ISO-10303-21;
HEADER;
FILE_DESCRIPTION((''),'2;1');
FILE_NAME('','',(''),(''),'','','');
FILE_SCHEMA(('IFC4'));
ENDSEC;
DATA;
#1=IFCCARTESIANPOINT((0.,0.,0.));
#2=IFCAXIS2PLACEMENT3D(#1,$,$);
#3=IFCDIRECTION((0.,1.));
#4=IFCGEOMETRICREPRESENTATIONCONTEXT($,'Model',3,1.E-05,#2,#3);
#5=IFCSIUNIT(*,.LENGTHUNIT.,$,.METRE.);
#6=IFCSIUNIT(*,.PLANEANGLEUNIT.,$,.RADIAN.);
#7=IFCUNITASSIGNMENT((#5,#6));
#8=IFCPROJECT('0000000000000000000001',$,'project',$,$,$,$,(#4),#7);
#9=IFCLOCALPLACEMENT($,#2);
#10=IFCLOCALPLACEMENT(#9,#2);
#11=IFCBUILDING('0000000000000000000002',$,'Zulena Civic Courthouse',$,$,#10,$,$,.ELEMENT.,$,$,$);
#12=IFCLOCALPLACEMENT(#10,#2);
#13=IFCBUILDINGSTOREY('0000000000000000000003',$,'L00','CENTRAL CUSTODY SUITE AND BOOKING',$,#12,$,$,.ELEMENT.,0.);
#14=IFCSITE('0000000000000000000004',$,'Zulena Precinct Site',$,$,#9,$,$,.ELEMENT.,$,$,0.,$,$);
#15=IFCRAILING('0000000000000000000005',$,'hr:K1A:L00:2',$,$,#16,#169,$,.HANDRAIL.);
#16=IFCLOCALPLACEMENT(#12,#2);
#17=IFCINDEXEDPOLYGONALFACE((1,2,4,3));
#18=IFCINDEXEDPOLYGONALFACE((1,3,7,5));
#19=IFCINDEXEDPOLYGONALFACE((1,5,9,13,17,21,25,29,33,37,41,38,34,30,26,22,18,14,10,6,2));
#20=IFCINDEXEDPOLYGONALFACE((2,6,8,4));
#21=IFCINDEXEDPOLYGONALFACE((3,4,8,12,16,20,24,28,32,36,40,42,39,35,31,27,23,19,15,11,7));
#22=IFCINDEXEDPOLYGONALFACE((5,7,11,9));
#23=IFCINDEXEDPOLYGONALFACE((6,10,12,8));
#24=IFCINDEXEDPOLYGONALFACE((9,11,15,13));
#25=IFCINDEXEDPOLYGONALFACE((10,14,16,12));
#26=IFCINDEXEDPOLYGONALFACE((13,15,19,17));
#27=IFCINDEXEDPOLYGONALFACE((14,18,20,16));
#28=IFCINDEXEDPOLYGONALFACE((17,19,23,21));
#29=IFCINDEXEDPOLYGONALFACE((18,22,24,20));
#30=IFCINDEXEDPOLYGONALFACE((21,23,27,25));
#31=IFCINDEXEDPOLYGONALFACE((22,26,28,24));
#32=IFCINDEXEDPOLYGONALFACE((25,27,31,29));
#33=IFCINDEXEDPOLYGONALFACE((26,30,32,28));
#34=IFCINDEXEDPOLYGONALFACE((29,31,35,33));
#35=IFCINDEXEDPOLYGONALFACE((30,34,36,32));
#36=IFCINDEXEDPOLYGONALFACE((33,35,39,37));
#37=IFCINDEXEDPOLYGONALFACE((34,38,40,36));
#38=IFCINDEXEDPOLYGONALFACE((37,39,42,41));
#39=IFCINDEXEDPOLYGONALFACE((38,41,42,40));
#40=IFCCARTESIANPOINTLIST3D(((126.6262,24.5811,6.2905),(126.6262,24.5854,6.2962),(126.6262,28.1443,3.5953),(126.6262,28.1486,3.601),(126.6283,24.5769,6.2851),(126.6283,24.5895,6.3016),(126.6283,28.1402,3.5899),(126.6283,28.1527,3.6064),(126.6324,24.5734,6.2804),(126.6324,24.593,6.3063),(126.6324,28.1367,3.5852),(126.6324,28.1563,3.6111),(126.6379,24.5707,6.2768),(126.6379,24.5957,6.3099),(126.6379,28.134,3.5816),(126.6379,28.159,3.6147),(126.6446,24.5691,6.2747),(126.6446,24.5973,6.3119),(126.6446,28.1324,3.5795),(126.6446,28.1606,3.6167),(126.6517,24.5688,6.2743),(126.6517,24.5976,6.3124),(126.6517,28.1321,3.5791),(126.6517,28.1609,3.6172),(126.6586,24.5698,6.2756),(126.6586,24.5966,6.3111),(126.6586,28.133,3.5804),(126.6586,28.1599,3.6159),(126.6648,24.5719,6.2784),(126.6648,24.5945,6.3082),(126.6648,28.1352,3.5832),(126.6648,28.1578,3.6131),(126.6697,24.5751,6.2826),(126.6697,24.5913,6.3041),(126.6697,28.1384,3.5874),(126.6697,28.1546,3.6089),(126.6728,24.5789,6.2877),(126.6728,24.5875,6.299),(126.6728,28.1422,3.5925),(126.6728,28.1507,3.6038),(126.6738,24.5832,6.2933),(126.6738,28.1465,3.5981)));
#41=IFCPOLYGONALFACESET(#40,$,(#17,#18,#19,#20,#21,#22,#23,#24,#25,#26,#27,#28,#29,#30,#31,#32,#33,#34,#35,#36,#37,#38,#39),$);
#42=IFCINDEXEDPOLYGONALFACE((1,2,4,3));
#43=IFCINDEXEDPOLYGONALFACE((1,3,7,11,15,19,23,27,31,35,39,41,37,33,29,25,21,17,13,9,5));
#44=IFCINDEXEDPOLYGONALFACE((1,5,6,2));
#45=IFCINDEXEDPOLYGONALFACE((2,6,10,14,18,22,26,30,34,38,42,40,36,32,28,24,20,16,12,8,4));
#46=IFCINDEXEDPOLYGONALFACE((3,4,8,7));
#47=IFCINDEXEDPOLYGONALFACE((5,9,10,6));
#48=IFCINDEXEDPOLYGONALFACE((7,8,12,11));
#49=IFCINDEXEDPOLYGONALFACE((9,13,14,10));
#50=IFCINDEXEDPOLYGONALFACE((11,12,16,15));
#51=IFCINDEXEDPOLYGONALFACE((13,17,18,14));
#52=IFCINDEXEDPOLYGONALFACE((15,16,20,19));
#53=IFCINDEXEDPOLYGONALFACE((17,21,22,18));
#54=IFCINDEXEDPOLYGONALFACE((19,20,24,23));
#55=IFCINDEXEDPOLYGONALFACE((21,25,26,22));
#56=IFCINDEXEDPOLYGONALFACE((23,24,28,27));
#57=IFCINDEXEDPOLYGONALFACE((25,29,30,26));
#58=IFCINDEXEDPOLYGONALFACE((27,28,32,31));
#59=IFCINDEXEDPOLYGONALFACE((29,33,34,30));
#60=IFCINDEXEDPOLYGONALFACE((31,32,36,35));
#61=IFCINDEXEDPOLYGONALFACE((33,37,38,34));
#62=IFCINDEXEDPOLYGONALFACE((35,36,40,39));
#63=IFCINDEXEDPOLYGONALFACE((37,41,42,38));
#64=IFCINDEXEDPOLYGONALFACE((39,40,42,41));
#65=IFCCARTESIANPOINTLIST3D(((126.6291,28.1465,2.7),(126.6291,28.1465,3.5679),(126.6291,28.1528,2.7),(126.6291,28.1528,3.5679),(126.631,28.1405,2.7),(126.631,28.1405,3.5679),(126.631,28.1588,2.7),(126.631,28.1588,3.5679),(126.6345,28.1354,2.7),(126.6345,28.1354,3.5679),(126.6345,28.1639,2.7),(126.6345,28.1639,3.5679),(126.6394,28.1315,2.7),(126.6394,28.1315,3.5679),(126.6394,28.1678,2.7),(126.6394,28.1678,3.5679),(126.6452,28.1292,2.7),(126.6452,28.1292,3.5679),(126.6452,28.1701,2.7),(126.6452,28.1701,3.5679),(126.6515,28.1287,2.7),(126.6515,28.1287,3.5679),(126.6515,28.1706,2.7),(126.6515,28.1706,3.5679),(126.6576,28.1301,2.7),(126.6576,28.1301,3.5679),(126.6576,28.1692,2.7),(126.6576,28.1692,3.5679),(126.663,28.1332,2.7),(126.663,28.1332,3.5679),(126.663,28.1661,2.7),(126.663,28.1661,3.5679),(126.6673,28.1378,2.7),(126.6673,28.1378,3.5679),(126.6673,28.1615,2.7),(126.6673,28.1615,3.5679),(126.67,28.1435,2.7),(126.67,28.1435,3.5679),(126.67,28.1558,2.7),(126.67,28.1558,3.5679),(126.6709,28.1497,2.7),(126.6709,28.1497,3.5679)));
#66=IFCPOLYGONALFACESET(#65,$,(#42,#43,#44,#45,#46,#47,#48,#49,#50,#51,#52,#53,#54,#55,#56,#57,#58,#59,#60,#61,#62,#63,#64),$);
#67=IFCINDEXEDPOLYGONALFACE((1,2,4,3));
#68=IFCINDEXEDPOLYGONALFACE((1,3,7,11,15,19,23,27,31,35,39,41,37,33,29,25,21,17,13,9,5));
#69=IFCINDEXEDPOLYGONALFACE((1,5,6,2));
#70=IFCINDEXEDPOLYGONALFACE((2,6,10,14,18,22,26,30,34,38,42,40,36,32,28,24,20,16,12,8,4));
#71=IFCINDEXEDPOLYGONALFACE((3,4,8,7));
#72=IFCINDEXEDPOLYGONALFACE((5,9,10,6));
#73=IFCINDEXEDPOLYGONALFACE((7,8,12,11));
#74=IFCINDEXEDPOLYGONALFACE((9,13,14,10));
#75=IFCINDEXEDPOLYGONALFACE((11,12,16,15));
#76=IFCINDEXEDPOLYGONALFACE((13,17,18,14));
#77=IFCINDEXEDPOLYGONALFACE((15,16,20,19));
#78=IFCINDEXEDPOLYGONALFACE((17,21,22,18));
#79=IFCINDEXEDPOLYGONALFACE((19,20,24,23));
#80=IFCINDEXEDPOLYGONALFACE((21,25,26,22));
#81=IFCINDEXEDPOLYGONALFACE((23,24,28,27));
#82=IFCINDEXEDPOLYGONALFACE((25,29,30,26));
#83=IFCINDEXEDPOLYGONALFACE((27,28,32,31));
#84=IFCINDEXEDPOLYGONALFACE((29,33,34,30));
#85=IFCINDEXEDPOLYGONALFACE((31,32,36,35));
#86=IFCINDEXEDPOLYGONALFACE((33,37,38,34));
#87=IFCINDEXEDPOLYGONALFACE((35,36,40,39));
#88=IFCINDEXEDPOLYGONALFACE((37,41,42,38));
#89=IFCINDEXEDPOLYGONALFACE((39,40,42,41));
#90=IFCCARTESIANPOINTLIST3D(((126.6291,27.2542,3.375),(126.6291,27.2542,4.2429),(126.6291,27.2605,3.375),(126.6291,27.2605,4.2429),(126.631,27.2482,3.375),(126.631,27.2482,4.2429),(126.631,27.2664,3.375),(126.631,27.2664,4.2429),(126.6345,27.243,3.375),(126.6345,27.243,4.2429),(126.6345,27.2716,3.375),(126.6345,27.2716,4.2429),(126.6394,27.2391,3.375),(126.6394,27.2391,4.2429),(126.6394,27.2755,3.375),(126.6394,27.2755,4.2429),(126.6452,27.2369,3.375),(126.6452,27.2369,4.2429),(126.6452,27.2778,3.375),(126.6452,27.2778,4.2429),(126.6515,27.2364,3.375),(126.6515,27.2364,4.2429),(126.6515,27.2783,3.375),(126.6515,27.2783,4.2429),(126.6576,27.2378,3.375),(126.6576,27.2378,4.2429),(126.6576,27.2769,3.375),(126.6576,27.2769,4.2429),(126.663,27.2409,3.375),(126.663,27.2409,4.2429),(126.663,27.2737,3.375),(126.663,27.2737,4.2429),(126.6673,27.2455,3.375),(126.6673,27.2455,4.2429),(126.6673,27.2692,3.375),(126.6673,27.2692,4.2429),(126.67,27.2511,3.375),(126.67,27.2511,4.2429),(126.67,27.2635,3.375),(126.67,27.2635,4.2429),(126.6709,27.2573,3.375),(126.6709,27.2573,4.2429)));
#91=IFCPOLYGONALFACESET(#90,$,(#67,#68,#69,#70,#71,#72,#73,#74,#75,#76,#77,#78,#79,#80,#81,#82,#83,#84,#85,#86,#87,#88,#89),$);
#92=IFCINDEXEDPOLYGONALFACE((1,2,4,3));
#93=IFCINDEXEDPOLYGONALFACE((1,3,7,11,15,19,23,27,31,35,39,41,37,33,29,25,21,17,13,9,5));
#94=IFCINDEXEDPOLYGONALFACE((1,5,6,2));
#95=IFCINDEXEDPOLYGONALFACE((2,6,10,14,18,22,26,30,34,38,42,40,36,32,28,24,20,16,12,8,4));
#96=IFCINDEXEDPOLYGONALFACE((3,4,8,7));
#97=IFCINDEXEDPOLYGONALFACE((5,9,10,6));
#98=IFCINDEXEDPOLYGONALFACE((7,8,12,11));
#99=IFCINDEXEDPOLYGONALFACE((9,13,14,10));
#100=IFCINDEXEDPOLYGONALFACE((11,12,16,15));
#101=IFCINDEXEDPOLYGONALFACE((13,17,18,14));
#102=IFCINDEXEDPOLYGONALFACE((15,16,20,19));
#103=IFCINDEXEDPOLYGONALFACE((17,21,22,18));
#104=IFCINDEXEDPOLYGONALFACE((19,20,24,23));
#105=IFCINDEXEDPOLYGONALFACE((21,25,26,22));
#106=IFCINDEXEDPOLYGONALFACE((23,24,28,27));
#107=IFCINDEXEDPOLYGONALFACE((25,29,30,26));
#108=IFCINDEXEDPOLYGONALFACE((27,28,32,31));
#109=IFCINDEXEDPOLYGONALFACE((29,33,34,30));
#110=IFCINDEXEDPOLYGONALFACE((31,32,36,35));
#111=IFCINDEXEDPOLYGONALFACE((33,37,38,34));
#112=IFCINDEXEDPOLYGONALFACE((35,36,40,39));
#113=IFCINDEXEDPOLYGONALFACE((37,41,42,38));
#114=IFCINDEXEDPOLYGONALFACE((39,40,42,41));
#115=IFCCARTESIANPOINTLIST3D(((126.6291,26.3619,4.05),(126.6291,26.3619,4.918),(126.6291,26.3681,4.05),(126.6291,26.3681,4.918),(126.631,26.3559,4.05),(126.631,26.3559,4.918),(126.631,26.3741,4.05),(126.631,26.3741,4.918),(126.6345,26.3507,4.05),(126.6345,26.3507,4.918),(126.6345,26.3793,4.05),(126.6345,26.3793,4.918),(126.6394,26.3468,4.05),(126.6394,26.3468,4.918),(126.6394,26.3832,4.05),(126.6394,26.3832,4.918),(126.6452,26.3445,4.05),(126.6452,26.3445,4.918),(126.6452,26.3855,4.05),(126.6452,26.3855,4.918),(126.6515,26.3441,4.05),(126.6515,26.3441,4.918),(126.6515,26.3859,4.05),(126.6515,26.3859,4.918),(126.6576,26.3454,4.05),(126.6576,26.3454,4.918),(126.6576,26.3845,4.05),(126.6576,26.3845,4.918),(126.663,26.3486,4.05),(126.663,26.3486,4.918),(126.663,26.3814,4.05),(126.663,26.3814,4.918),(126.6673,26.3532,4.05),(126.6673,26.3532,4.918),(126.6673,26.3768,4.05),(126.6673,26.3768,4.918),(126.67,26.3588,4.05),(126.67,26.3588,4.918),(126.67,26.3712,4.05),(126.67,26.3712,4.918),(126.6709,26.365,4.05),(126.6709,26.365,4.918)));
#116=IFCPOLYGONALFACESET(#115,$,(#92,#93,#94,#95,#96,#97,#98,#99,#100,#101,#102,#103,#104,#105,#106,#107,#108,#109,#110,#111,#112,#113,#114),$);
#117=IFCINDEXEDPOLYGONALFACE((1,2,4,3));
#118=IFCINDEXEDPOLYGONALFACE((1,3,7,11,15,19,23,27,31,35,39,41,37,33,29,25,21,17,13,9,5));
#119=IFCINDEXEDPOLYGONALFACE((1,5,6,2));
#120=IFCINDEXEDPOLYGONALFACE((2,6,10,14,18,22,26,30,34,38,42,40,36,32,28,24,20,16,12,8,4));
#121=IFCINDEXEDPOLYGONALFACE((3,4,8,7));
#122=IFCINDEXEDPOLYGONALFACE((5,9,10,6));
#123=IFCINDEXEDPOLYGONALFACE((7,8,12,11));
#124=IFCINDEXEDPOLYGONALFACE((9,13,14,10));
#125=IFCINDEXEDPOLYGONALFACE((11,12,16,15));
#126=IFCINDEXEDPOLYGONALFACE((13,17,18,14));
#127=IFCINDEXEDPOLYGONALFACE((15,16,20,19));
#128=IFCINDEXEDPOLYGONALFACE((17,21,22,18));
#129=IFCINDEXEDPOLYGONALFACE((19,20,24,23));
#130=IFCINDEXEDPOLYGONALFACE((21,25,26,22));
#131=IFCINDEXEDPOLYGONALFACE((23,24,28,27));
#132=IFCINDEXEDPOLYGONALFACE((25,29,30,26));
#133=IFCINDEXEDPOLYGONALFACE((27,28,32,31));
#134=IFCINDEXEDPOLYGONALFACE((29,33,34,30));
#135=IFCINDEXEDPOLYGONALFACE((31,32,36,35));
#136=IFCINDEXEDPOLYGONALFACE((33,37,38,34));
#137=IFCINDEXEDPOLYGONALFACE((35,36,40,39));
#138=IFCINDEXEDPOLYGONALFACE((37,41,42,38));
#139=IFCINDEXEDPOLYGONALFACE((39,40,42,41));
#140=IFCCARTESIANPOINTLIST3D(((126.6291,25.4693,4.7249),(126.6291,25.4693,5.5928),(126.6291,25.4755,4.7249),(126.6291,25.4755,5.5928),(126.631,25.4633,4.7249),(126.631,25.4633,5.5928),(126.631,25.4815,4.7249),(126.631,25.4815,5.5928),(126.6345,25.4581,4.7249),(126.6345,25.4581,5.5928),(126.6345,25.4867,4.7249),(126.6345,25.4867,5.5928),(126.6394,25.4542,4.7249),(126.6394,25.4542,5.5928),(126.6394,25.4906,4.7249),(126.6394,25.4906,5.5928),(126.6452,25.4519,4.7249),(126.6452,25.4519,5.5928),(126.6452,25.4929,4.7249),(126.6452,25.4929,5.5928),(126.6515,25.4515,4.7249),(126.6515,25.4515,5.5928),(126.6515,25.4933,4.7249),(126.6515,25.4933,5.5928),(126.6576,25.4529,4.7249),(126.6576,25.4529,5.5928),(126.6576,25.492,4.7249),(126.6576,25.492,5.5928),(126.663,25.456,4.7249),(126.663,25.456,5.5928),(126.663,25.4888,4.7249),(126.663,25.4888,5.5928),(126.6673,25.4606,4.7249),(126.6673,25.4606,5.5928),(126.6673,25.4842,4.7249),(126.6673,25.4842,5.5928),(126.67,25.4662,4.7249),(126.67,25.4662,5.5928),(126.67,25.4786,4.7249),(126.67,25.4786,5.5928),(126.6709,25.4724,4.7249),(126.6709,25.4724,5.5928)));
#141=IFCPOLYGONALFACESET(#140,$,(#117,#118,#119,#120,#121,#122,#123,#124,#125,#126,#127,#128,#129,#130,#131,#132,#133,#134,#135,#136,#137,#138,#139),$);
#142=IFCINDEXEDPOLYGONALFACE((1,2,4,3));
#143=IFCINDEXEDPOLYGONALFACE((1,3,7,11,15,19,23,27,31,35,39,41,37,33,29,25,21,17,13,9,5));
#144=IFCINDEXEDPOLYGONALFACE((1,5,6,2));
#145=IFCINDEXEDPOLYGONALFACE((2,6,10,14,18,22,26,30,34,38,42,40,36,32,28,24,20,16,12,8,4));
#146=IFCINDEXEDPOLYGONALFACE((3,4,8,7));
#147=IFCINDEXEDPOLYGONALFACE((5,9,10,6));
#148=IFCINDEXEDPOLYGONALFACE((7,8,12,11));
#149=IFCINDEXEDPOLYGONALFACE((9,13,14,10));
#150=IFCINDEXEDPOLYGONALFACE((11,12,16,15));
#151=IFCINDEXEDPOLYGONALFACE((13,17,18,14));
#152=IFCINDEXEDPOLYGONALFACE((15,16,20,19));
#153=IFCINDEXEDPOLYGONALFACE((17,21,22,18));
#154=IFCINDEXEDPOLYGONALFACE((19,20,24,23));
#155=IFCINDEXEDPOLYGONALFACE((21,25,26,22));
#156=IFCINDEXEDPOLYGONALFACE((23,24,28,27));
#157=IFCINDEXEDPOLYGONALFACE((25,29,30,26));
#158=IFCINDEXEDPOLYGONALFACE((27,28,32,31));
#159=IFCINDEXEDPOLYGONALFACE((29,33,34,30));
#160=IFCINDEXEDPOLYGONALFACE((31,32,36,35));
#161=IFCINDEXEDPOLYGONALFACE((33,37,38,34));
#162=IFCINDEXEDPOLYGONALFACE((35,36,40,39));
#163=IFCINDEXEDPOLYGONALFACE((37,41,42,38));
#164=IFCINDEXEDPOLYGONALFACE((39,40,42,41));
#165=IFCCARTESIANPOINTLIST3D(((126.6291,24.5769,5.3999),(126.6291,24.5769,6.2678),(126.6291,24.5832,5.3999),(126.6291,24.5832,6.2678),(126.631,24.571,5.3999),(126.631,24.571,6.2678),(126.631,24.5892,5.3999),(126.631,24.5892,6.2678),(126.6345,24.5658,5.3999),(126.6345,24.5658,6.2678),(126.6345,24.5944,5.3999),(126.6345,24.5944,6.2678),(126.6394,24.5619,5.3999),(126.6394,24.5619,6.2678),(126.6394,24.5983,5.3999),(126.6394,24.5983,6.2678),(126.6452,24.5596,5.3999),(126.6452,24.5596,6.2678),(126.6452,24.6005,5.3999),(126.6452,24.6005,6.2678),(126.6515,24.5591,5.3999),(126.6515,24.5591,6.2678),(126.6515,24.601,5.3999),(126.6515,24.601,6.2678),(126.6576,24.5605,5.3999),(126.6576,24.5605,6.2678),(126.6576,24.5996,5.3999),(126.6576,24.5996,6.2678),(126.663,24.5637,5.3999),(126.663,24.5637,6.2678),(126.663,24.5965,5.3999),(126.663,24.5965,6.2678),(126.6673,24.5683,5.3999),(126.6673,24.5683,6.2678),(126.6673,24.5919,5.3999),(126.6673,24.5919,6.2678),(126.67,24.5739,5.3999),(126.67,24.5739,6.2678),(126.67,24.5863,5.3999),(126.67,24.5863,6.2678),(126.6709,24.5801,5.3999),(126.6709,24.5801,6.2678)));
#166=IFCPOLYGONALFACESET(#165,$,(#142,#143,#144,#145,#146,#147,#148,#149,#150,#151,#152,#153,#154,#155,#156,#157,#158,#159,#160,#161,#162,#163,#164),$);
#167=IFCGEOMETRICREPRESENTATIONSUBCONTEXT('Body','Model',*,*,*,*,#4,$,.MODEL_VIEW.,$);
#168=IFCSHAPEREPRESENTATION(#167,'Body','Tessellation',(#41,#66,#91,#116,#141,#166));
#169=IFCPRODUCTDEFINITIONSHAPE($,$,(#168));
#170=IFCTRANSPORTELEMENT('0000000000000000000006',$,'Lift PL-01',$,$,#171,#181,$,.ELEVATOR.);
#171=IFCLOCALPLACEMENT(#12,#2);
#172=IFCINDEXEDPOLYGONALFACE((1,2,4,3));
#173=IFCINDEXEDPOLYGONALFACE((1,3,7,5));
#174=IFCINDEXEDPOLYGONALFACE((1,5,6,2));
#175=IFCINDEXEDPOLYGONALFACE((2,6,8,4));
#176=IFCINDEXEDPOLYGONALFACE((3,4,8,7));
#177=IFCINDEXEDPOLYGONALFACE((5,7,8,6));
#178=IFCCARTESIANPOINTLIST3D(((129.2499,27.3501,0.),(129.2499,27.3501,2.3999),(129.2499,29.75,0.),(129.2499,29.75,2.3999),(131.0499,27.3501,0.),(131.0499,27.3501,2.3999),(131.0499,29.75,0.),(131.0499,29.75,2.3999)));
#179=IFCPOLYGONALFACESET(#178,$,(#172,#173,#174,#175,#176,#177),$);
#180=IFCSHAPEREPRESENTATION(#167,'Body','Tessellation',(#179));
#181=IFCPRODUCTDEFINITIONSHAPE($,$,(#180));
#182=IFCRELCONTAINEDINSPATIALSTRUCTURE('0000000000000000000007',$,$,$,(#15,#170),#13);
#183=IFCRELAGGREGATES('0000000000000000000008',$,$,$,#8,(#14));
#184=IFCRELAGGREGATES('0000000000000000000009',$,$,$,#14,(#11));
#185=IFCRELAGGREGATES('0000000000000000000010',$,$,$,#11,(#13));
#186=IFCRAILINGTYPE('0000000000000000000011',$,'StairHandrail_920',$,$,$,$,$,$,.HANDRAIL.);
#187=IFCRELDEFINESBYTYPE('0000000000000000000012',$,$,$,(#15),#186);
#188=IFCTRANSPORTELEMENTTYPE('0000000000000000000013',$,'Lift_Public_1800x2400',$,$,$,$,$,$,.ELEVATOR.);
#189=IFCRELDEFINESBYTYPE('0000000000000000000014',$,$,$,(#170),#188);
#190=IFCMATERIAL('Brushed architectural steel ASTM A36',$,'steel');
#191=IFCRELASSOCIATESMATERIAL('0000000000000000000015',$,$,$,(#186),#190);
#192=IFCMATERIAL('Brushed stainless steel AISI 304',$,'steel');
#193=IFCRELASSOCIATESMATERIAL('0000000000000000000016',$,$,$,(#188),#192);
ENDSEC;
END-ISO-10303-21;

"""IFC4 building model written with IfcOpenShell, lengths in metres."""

from ifc_helpers import new_model, si_unit, direction, frame, origin, origin_2d, place, context, subcontext, project, spatial, rectangle, circle, extrude, material, type_object, element, save


model = new_model("IFC4")

# Units and contexts
model_context = context("Model", 3, precision=1e-05, world=origin(), true_north=direction((0.0, 1.0)))
body_context = subcontext(model_context, "Body", "Model", "MODEL_VIEW")
ifc_project = project(units=[si_unit("LENGTHUNIT", "METRE"), si_unit("PLANEANGLEUNIT", "RADIAN")], contexts=[model_context])

# Site, building, storey
site_placement = place(None, origin())
site = spatial("IfcSite", under=ifc_project, at=site_placement, Name="Zulena Precinct Site", CompositionType="ELEMENT", RefElevation=0.0)
building_placement = place(site_placement, origin())
building = spatial("IfcBuilding", under=site, at=building_placement, Name="Zulena Civic Courthouse", CompositionType="ELEMENT")
storey_placement = place(building_placement, origin())
storey = spatial("IfcBuildingStorey", under=building, at=storey_placement, Name="L00", Description="CENTRAL CUSTODY SUITE AND BOOKING", CompositionType="ELEMENT", Elevation=0.0)

# Shared definitions
ifc_material_1 = material(Name="Brushed architectural steel ASTM A36", Category="steel")

# Railing
railing_type_1 = type_object("IfcRailingType", Name="StairHandrail_920", PredefinedType="HANDRAIL", material=ifc_material_1)
railing_1_placement = place(storey_placement, frame((126.6499, 28.1497, 2.7)))
element("IfcRailing", 1, at=railing_1_placement, inside=storey, type_object=railing_type_1, Name="hr:K1A:L00:2", PredefinedType="HANDRAIL", context=body_context, shape_type="SweptSolid", body=[
    extrude(circle(Radius=0.0239, at=origin_2d()), frame((0.0, -0.0032, 0.8982), z_axis=(0.0, -0.797552, 0.60325), x_axis=(1.0, 0.0, 0.0)), (0.0, 0.0, 1.0), 4.4678),
    extrude(circle(Radius=0.021, at=origin_2d()), origin(), (0.0, 0.0, 1.0), 0.8679),
    extrude(circle(Radius=0.021, at=origin_2d()), frame((0.0, -0.8923, 0.675)), (0.0, 0.0, 1.0), 0.8679),
    extrude(circle(Radius=0.021, at=origin_2d()), frame((0.0, -1.7847, 1.3501)), (0.0, 0.0, 1.0), 0.8679),
    extrude(circle(Radius=0.021, at=origin_2d()), frame((0.0, -2.6772, 2.0249)), (0.0, 0.0, 1.0), 0.8679),
    extrude(circle(Radius=0.021, at=origin_2d()), frame((0.0, -3.5696, 2.7)), (0.0, 0.0, 1.0), 0.8679),
])

# Transport element
ifc_material_2 = material(Name="Brushed stainless steel AISI 304", Category="steel")
transport_element_type = type_object("IfcTransportElementType", Name="Lift_Public_1800x2400", PredefinedType="ELEVATOR", material=ifc_material_2)
transport_element_placement = place(storey_placement, frame((130.1499, 28.55, 0.0), z_axis=(0.0, 0.0, 1.0), x_axis=(1.0, 0.0, 0.0)))
element("IfcTransportElement", 2, at=transport_element_placement, inside=storey, type_object=transport_element_type, Name="Lift PL-01", PredefinedType="ELEVATOR", context=body_context, shape_type="SweptSolid", body=[
    extrude(rectangle(XDim=1.8, YDim=2.3999, at=origin_2d()), origin(), (0.0, 0.0, 1.0), 2.3999),
])

save(model, "model.ifc")
